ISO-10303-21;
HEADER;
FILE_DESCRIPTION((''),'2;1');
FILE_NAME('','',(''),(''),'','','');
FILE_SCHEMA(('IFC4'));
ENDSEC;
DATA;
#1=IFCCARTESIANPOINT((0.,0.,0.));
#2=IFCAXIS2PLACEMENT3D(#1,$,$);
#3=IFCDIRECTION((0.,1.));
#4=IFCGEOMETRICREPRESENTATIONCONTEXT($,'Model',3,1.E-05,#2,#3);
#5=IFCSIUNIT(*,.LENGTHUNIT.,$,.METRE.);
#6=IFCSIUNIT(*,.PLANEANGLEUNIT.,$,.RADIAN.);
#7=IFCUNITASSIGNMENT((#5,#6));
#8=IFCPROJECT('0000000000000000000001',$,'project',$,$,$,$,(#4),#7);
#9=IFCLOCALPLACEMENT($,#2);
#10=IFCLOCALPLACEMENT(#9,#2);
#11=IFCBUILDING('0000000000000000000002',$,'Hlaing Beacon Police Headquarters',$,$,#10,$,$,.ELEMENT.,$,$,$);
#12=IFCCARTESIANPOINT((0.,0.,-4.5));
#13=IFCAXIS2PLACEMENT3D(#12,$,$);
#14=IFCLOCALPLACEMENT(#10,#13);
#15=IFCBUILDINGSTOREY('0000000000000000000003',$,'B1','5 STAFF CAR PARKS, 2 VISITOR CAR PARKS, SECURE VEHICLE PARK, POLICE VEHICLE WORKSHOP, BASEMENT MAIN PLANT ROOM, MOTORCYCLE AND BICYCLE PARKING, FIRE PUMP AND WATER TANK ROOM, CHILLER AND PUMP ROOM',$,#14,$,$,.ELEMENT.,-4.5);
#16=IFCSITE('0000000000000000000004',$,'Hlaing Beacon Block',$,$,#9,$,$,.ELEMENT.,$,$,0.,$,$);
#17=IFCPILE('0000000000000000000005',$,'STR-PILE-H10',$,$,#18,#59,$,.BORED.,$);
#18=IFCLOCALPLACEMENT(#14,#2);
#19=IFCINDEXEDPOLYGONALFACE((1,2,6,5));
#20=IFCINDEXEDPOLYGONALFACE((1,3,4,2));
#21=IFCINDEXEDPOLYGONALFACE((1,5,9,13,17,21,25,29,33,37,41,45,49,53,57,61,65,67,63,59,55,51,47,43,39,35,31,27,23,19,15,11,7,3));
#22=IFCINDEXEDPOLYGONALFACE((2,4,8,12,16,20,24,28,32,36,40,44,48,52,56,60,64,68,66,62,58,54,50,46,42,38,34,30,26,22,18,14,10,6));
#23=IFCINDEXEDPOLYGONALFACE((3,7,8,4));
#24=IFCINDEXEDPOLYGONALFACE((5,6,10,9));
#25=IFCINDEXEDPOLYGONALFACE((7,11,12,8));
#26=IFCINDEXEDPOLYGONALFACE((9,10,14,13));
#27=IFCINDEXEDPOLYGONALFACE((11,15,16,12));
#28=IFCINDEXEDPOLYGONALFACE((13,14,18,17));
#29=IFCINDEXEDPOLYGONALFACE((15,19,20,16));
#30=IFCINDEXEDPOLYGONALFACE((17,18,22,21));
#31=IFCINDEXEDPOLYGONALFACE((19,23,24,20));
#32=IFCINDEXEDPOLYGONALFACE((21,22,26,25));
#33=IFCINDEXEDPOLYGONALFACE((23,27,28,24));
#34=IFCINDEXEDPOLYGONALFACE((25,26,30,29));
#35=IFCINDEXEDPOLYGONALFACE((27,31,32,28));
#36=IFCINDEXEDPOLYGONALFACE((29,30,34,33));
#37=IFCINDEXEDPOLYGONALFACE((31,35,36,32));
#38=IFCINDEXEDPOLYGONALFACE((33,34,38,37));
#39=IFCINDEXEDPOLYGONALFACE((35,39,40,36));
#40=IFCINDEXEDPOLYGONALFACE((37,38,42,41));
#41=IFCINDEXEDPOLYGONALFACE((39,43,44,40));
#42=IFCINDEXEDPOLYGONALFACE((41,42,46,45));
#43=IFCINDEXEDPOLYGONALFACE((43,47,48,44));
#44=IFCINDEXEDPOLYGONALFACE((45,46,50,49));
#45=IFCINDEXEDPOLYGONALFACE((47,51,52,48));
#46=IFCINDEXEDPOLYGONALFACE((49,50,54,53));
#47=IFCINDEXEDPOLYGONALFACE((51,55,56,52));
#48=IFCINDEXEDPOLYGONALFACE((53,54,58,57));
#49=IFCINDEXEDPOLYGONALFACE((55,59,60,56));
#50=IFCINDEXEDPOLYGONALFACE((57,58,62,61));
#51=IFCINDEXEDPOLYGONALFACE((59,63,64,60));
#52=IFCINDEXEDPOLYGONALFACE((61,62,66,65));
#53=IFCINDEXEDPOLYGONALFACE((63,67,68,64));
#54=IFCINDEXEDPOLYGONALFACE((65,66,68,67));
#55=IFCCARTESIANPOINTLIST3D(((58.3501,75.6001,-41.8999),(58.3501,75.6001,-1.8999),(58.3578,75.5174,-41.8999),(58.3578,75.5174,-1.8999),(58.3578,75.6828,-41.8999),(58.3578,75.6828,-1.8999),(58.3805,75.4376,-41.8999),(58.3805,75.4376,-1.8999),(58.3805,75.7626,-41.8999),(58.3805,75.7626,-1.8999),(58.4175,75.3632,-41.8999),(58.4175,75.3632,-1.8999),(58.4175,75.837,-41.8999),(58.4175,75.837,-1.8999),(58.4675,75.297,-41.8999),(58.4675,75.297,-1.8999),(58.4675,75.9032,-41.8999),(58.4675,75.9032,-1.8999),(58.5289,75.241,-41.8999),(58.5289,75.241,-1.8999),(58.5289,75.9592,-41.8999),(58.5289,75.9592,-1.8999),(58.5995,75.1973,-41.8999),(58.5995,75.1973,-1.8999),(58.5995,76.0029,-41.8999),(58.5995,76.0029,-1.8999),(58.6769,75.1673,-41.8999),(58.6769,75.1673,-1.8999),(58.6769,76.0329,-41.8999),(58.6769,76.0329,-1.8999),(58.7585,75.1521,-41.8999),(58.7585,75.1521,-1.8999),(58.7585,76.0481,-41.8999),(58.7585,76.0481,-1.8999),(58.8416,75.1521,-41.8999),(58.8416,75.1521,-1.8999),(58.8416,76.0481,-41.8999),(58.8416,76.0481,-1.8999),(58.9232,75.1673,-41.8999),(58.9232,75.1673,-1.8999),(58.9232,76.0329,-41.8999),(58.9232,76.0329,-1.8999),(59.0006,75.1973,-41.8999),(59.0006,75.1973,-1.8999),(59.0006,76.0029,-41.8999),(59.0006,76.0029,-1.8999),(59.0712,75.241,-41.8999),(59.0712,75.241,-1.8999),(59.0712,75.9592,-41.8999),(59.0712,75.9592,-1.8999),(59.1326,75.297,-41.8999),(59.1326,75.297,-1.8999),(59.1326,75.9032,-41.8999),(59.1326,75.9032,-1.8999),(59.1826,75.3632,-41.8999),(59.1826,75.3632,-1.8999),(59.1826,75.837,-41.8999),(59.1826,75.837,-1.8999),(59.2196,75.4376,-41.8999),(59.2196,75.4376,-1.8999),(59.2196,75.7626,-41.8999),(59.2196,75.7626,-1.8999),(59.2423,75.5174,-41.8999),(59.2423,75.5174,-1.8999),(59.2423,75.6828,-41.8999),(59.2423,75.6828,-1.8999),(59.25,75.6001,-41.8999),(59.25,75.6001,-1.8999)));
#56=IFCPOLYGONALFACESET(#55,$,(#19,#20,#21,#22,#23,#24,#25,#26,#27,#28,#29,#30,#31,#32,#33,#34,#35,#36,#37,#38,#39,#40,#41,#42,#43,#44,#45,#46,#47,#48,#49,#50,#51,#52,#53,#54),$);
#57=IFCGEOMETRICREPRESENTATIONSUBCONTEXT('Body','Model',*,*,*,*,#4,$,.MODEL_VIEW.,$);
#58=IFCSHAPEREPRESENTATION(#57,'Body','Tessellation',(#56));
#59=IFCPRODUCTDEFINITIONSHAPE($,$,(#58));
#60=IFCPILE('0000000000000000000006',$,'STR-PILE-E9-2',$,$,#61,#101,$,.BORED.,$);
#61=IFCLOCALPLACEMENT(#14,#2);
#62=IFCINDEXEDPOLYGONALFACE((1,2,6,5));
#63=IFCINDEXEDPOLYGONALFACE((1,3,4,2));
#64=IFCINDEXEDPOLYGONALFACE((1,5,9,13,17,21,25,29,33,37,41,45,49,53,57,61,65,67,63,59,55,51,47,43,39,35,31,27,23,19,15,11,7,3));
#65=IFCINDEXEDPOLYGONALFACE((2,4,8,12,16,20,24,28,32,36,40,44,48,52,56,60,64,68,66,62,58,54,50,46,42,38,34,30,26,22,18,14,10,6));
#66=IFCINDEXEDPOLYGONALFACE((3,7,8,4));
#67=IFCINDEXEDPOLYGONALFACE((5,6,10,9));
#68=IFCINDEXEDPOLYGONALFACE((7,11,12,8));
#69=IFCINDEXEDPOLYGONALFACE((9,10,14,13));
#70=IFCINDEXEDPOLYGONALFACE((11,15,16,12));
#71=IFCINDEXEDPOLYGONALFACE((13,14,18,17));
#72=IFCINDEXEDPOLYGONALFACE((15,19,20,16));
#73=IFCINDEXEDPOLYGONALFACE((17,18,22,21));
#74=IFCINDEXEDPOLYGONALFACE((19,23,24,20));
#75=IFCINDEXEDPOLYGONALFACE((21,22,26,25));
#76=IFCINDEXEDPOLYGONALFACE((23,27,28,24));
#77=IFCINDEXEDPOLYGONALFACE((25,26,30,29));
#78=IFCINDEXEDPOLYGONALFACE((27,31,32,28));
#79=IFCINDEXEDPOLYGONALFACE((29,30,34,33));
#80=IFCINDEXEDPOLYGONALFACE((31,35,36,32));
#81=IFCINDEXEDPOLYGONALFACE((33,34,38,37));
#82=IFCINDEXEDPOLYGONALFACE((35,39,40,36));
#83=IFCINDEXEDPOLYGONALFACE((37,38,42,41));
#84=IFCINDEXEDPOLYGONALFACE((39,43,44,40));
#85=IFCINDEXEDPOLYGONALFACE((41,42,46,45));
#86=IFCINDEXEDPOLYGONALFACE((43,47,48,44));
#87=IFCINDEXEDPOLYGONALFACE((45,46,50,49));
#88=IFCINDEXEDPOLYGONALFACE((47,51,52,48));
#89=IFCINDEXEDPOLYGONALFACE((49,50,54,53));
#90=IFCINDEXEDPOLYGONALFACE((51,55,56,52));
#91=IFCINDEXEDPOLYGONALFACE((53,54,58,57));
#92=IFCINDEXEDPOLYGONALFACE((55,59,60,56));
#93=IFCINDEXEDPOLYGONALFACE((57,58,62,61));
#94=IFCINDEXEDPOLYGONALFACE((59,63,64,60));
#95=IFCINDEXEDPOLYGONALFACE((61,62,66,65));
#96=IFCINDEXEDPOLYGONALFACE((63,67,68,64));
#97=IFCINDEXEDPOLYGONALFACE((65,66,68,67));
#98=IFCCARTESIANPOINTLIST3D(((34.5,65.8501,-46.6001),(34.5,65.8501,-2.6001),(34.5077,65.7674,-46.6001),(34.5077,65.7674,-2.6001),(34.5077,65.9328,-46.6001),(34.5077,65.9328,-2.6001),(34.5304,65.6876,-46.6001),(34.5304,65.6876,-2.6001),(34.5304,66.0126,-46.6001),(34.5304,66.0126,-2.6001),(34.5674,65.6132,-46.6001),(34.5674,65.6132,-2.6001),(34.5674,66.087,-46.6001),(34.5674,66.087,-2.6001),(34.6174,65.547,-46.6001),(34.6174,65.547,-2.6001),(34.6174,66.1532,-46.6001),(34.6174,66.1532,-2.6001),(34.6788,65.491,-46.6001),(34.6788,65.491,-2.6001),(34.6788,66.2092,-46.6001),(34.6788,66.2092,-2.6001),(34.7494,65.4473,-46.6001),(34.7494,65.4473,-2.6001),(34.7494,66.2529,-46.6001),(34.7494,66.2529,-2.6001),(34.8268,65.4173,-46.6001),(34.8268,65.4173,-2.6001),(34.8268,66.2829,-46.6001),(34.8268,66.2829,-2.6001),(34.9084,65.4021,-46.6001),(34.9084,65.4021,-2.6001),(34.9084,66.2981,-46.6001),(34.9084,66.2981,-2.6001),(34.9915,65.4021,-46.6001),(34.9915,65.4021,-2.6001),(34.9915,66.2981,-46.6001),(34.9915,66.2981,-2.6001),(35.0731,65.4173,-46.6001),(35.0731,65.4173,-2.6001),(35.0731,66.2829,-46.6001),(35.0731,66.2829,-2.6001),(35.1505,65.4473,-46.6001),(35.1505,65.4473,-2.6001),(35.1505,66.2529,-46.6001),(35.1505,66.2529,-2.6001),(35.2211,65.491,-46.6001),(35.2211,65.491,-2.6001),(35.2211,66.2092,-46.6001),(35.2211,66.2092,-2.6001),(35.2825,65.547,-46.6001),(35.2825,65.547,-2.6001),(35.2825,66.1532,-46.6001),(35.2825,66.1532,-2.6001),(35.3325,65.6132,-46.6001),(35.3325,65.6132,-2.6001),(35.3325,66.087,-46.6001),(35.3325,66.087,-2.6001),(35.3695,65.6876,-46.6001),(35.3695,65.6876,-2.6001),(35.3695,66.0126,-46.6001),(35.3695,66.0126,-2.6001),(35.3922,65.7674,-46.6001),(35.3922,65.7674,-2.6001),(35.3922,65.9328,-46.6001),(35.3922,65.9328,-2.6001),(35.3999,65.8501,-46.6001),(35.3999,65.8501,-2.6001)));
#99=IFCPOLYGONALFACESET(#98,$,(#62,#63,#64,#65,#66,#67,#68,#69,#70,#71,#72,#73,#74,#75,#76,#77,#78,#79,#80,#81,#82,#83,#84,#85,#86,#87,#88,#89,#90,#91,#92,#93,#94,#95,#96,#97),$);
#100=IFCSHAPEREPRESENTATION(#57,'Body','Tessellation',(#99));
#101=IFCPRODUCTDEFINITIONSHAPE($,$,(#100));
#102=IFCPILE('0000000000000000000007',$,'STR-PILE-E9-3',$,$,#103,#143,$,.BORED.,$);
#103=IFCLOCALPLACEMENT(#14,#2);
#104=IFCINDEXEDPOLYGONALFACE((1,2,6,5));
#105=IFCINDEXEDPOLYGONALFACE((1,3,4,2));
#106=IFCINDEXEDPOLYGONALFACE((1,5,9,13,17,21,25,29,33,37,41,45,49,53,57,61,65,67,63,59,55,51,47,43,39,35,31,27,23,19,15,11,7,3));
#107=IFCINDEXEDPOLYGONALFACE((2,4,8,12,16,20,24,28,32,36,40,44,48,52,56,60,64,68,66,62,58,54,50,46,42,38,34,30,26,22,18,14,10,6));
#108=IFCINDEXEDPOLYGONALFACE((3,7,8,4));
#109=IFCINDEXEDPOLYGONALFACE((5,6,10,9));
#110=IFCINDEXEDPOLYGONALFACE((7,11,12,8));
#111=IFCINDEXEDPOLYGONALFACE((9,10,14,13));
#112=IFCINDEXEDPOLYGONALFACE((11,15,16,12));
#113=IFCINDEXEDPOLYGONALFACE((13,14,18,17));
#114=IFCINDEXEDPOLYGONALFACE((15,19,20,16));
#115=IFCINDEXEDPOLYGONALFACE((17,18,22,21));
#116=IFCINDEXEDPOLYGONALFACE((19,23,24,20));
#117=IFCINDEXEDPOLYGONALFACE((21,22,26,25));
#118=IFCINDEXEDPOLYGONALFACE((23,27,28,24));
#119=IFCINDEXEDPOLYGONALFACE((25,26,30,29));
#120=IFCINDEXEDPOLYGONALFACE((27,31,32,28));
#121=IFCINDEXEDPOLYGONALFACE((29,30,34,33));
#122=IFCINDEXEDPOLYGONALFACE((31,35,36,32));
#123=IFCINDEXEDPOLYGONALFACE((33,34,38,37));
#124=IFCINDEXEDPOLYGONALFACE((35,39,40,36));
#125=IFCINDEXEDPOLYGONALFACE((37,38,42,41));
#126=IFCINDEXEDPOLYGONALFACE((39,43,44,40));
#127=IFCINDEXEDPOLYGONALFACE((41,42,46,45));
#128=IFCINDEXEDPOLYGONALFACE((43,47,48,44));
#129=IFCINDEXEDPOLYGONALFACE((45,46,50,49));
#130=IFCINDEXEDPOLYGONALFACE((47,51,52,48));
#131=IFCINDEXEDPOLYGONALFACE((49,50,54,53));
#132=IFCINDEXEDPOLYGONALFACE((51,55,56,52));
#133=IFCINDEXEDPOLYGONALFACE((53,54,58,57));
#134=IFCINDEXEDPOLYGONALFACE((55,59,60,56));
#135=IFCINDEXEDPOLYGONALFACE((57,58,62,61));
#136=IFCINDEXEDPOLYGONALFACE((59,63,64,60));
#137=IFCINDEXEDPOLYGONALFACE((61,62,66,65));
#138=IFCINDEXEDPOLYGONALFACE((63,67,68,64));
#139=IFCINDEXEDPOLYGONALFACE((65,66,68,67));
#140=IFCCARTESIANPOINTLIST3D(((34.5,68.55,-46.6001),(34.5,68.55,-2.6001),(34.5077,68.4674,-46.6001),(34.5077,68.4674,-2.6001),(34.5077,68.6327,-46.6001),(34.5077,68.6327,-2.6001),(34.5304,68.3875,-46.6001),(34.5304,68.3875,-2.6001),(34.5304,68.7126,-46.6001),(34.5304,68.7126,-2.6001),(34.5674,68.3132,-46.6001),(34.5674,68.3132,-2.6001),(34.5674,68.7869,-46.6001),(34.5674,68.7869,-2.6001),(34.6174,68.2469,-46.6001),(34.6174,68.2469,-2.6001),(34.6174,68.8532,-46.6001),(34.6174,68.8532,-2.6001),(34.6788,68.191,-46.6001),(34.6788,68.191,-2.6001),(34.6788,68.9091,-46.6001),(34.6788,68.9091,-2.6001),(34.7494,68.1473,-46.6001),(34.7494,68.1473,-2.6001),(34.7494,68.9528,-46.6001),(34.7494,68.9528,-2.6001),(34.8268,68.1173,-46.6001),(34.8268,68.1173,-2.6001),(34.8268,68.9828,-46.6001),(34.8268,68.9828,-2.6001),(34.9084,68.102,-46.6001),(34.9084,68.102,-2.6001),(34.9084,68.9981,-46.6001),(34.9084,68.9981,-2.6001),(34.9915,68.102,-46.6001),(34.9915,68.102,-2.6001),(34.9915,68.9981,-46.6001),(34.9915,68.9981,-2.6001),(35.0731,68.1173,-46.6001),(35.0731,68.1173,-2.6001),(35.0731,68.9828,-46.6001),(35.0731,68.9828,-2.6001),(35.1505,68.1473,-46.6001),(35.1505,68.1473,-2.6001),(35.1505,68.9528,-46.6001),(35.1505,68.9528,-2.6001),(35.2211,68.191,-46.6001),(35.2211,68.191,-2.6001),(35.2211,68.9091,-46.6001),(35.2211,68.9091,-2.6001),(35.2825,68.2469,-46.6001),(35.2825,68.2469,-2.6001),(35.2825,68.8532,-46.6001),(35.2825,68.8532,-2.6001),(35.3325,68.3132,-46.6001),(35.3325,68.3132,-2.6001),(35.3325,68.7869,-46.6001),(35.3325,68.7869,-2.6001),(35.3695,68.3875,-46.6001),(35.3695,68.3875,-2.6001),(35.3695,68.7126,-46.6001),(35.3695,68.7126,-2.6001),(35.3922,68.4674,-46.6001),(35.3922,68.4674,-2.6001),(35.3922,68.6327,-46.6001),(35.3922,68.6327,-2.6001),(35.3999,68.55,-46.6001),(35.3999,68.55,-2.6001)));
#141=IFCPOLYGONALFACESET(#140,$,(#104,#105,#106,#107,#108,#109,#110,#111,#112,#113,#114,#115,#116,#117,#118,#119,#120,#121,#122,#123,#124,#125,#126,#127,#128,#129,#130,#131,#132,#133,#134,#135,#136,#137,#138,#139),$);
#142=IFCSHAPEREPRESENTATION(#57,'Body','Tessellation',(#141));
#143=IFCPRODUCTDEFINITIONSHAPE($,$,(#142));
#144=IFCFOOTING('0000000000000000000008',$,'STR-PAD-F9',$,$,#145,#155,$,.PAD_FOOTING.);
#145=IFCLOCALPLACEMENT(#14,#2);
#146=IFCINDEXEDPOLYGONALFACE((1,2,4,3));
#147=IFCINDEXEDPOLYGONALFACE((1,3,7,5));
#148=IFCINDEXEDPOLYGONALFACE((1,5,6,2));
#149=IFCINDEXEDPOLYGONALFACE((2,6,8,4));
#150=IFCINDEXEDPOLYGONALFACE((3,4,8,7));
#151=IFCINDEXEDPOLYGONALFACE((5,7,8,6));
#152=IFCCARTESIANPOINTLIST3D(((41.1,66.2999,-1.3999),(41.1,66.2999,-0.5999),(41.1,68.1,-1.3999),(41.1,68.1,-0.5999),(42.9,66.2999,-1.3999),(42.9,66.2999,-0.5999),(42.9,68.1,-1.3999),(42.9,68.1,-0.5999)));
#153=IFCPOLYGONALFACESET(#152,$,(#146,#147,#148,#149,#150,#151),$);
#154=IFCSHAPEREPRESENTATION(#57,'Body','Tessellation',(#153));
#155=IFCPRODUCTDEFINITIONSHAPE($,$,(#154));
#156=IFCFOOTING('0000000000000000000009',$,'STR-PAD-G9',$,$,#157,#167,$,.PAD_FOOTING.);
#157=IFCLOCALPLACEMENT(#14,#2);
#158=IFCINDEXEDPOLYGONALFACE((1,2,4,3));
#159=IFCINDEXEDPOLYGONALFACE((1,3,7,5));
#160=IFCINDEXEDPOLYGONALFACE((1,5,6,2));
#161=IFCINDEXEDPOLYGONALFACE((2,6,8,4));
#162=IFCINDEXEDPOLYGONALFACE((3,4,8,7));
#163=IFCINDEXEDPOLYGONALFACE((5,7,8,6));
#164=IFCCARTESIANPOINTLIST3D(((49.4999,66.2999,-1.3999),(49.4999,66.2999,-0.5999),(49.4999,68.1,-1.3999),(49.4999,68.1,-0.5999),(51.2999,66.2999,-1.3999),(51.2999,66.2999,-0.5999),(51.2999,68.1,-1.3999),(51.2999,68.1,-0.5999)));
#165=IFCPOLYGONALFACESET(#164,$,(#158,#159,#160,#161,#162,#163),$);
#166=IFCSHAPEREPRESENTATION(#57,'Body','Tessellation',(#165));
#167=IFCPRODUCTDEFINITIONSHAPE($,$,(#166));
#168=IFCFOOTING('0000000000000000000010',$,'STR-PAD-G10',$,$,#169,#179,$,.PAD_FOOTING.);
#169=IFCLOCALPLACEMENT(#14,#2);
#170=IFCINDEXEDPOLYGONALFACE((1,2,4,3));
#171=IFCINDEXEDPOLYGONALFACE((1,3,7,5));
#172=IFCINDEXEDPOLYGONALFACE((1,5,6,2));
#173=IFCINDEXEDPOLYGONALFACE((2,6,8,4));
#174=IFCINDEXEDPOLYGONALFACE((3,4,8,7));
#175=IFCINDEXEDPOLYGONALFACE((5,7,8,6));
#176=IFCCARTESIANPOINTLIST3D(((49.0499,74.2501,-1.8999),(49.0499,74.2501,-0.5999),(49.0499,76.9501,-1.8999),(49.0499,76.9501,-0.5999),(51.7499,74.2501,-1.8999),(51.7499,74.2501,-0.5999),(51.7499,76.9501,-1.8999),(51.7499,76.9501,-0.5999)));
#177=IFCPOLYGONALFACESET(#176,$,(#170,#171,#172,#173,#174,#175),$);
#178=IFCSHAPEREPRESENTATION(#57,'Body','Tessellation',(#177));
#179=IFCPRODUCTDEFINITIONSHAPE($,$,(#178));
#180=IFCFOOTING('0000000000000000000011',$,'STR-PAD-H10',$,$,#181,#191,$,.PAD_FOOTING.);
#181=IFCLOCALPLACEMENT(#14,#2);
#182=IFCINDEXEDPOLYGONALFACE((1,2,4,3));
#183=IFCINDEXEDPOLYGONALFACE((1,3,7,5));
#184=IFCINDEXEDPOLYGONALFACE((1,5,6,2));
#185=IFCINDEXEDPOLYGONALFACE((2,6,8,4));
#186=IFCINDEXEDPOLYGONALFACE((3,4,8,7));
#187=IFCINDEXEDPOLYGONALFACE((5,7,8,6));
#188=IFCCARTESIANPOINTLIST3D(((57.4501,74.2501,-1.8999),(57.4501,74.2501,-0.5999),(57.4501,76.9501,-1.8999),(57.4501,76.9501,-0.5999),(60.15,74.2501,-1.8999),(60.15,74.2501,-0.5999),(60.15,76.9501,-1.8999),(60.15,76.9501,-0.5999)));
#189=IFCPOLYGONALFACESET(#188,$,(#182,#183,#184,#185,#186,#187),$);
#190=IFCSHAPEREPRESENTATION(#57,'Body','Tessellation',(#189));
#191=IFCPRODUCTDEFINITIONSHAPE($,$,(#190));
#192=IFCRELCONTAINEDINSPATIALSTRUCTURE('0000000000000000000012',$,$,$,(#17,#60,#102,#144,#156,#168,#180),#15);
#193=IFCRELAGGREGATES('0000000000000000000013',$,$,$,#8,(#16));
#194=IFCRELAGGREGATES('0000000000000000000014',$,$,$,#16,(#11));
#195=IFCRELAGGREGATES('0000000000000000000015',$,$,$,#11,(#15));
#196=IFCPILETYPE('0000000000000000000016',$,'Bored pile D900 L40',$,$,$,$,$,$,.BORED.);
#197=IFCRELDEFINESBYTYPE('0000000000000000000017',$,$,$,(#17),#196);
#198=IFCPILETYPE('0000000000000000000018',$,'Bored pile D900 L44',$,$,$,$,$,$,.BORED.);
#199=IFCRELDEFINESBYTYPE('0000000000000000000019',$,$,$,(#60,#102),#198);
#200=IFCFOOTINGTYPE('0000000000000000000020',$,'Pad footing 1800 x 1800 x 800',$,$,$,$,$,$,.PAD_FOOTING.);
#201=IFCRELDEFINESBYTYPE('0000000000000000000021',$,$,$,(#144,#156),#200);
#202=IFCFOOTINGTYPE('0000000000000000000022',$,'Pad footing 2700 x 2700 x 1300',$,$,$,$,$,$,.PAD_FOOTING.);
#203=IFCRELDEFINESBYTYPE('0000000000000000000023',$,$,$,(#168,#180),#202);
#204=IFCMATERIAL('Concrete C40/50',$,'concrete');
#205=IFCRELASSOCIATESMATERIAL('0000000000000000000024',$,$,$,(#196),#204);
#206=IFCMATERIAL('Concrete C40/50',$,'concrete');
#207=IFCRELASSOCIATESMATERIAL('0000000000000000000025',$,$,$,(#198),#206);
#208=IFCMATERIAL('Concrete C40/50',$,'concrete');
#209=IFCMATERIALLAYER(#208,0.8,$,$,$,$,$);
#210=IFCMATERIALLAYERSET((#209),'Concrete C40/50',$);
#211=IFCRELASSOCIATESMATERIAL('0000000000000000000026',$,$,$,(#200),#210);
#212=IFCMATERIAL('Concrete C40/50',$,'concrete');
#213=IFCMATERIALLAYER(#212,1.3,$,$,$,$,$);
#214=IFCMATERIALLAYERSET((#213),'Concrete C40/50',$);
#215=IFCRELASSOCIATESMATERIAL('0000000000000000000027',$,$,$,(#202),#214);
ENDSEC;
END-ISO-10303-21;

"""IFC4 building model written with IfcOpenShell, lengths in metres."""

from ifc_helpers import new_model, si_unit, direction, frame, origin, origin_2d, place, context, subcontext, project, spatial, rectangle, circle, extrude, material, layer, layer_set, material_profile, profile_set, type_object, element, save


model = new_model("IFC4")

# Units and contexts
model_context = context("Model", 3, precision=1e-05, world=origin(), true_north=direction((0.0, 1.0)))
body_context = subcontext(model_context, "Body", "Model", "MODEL_VIEW")
ifc_project = project(units=[si_unit("LENGTHUNIT", "METRE"), si_unit("PLANEANGLEUNIT", "RADIAN")], contexts=[model_context])

# Site, building, storey
site_placement = place(None, origin())
site = spatial("IfcSite", under=ifc_project, at=site_placement, Name="Hlaing Beacon Block", CompositionType="ELEMENT", RefElevation=0.0)
building_placement = place(site_placement, origin())
building = spatial("IfcBuilding", under=site, at=building_placement, Name="Hlaing Beacon Police Headquarters", CompositionType="ELEMENT")
storey_placement = place(building_placement, frame((0.0, 0.0, -4.5)))
storey = spatial("IfcBuildingStorey", under=building, at=storey_placement, Name="B1", Description="5 STAFF CAR PARKS, 2 VISITOR CAR PARKS, SECURE VEHICLE PARK, POLICE VEHICLE WORKSHOP, BASEMENT MAIN PLANT ROOM, MOTORCYCLE AND BICYCLE PARKING, FIRE PUMP AND WATER TANK ROOM, CHILLER AND PUMP ROOM", CompositionType="ELEMENT", Elevation=-4.5)

# Piles
ifc_material_1 = material(Name="Concrete C40/50", Category="concrete")
ifc_material_profile_1 = material_profile(ifc_material_1, circle(Radius=0.45, at=origin_2d()), Name="D900")
ifc_profile_set_1 = profile_set([ifc_material_profile_1], Name="Concrete C40/50")
pile_type_1 = type_object("IfcPileType", Name="Bored pile D900 L40", PredefinedType="BORED", material=ifc_profile_set_1)
for number, where, z_axis, x_axis, name in (
    (1, (58.8, 75.6001, -1.8999), (0.0, 0.0, -1.0), (1.0, 0.0, 0.0), "STR-PILE-H10"),
):
    element("IfcPile", number, at=place(storey_placement, frame(where, z_axis=z_axis, x_axis=x_axis)), inside=storey, type_object=pile_type_1, Name=name, PredefinedType="BORED", context=body_context, shape_type="SweptSolid", body=[
        extrude(circle(Radius=0.45, at=origin_2d()), origin(), (0.0, 0.0, 1.0), 40.0),
    ])
ifc_material_2 = material(Name="Concrete C40/50", Category="concrete")
ifc_material_profile_2 = material_profile(ifc_material_2, circle(Radius=0.45, at=origin_2d()), Name="D900")
ifc_profile_set_2 = profile_set([ifc_material_profile_2], Name="Concrete C40/50")
pile_type_2 = type_object("IfcPileType", Name="Bored pile D900 L44", PredefinedType="BORED", material=ifc_profile_set_2)
for number, where, z_axis, x_axis, name in (
    (2, (34.95, 65.8501, -2.6001), (0.0, 0.0, -1.0), (1.0, 0.0, 0.0), "STR-PILE-E9-2"),
    (3, (34.95, 68.55, -2.6001), (0.0, 0.0, -1.0), (1.0, 0.0, 0.0), "STR-PILE-E9-3"),
):
    element("IfcPile", number, at=place(storey_placement, frame(where, z_axis=z_axis, x_axis=x_axis)), inside=storey, type_object=pile_type_2, Name=name, PredefinedType="BORED", context=body_context, shape_type="SweptSolid", body=[
        extrude(circle(Radius=0.45, at=origin_2d()), origin(), (0.0, 0.0, 1.0), 44.0),
    ])

# Footings
ifc_material_3 = material(Name="Concrete C40/50", Category="concrete")
ifc_layer_1 = layer(ifc_material_3, 0.8)
ifc_layer_set_1 = layer_set([ifc_layer_1], Name="Concrete C40/50")
footing_type_1 = type_object("IfcFootingType", Name="Pad footing 1800 x 1800 x 800", PredefinedType="PAD_FOOTING", material=ifc_layer_set_1)
for number, where, z_axis, x_axis, name in (
    (4, (42.0, 67.2, -1.3999), (0.0, 0.0, 1.0), (1.0, 0.0, 0.0), "STR-PAD-F9"),
    (5, (50.3999, 67.2, -1.3999), (0.0, 0.0, 1.0), (1.0, 0.0, 0.0), "STR-PAD-G9"),
):
    element("IfcFooting", number, at=place(storey_placement, frame(where, z_axis=z_axis, x_axis=x_axis)), inside=storey, type_object=footing_type_1, Name=name, PredefinedType="PAD_FOOTING", context=body_context, shape_type="SweptSolid", body=[
        extrude(rectangle(XDim=1.8, YDim=1.8, at=origin_2d()), origin(), (0.0, 0.0, 1.0), 0.8),
    ])
ifc_material_4 = material(Name="Concrete C40/50", Category="concrete")
ifc_layer_2 = layer(ifc_material_4, 1.3)
ifc_layer_set_2 = layer_set([ifc_layer_2], Name="Concrete C40/50")
footing_type_2 = type_object("IfcFootingType", Name="Pad footing 2700 x 2700 x 1300", PredefinedType="PAD_FOOTING", material=ifc_layer_set_2)
for number, where, z_axis, x_axis, name in (
    (6, (50.3999, 75.6001, -1.8999), (0.0, 0.0, 1.0), (1.0, 0.0, 0.0), "STR-PAD-G10"),
    (7, (58.8, 75.6001, -1.8999), (0.0, 0.0, 1.0), (1.0, 0.0, 0.0), "STR-PAD-H10"),
):
    element("IfcFooting", number, at=place(storey_placement, frame(where, z_axis=z_axis, x_axis=x_axis)), inside=storey, type_object=footing_type_2, Name=name, PredefinedType="PAD_FOOTING", context=body_context, shape_type="SweptSolid", body=[
        extrude(rectangle(XDim=2.7, YDim=2.7, at=origin_2d()), origin(), (0.0, 0.0, 1.0), 1.3),
    ])

save(model, "model.ifc")
